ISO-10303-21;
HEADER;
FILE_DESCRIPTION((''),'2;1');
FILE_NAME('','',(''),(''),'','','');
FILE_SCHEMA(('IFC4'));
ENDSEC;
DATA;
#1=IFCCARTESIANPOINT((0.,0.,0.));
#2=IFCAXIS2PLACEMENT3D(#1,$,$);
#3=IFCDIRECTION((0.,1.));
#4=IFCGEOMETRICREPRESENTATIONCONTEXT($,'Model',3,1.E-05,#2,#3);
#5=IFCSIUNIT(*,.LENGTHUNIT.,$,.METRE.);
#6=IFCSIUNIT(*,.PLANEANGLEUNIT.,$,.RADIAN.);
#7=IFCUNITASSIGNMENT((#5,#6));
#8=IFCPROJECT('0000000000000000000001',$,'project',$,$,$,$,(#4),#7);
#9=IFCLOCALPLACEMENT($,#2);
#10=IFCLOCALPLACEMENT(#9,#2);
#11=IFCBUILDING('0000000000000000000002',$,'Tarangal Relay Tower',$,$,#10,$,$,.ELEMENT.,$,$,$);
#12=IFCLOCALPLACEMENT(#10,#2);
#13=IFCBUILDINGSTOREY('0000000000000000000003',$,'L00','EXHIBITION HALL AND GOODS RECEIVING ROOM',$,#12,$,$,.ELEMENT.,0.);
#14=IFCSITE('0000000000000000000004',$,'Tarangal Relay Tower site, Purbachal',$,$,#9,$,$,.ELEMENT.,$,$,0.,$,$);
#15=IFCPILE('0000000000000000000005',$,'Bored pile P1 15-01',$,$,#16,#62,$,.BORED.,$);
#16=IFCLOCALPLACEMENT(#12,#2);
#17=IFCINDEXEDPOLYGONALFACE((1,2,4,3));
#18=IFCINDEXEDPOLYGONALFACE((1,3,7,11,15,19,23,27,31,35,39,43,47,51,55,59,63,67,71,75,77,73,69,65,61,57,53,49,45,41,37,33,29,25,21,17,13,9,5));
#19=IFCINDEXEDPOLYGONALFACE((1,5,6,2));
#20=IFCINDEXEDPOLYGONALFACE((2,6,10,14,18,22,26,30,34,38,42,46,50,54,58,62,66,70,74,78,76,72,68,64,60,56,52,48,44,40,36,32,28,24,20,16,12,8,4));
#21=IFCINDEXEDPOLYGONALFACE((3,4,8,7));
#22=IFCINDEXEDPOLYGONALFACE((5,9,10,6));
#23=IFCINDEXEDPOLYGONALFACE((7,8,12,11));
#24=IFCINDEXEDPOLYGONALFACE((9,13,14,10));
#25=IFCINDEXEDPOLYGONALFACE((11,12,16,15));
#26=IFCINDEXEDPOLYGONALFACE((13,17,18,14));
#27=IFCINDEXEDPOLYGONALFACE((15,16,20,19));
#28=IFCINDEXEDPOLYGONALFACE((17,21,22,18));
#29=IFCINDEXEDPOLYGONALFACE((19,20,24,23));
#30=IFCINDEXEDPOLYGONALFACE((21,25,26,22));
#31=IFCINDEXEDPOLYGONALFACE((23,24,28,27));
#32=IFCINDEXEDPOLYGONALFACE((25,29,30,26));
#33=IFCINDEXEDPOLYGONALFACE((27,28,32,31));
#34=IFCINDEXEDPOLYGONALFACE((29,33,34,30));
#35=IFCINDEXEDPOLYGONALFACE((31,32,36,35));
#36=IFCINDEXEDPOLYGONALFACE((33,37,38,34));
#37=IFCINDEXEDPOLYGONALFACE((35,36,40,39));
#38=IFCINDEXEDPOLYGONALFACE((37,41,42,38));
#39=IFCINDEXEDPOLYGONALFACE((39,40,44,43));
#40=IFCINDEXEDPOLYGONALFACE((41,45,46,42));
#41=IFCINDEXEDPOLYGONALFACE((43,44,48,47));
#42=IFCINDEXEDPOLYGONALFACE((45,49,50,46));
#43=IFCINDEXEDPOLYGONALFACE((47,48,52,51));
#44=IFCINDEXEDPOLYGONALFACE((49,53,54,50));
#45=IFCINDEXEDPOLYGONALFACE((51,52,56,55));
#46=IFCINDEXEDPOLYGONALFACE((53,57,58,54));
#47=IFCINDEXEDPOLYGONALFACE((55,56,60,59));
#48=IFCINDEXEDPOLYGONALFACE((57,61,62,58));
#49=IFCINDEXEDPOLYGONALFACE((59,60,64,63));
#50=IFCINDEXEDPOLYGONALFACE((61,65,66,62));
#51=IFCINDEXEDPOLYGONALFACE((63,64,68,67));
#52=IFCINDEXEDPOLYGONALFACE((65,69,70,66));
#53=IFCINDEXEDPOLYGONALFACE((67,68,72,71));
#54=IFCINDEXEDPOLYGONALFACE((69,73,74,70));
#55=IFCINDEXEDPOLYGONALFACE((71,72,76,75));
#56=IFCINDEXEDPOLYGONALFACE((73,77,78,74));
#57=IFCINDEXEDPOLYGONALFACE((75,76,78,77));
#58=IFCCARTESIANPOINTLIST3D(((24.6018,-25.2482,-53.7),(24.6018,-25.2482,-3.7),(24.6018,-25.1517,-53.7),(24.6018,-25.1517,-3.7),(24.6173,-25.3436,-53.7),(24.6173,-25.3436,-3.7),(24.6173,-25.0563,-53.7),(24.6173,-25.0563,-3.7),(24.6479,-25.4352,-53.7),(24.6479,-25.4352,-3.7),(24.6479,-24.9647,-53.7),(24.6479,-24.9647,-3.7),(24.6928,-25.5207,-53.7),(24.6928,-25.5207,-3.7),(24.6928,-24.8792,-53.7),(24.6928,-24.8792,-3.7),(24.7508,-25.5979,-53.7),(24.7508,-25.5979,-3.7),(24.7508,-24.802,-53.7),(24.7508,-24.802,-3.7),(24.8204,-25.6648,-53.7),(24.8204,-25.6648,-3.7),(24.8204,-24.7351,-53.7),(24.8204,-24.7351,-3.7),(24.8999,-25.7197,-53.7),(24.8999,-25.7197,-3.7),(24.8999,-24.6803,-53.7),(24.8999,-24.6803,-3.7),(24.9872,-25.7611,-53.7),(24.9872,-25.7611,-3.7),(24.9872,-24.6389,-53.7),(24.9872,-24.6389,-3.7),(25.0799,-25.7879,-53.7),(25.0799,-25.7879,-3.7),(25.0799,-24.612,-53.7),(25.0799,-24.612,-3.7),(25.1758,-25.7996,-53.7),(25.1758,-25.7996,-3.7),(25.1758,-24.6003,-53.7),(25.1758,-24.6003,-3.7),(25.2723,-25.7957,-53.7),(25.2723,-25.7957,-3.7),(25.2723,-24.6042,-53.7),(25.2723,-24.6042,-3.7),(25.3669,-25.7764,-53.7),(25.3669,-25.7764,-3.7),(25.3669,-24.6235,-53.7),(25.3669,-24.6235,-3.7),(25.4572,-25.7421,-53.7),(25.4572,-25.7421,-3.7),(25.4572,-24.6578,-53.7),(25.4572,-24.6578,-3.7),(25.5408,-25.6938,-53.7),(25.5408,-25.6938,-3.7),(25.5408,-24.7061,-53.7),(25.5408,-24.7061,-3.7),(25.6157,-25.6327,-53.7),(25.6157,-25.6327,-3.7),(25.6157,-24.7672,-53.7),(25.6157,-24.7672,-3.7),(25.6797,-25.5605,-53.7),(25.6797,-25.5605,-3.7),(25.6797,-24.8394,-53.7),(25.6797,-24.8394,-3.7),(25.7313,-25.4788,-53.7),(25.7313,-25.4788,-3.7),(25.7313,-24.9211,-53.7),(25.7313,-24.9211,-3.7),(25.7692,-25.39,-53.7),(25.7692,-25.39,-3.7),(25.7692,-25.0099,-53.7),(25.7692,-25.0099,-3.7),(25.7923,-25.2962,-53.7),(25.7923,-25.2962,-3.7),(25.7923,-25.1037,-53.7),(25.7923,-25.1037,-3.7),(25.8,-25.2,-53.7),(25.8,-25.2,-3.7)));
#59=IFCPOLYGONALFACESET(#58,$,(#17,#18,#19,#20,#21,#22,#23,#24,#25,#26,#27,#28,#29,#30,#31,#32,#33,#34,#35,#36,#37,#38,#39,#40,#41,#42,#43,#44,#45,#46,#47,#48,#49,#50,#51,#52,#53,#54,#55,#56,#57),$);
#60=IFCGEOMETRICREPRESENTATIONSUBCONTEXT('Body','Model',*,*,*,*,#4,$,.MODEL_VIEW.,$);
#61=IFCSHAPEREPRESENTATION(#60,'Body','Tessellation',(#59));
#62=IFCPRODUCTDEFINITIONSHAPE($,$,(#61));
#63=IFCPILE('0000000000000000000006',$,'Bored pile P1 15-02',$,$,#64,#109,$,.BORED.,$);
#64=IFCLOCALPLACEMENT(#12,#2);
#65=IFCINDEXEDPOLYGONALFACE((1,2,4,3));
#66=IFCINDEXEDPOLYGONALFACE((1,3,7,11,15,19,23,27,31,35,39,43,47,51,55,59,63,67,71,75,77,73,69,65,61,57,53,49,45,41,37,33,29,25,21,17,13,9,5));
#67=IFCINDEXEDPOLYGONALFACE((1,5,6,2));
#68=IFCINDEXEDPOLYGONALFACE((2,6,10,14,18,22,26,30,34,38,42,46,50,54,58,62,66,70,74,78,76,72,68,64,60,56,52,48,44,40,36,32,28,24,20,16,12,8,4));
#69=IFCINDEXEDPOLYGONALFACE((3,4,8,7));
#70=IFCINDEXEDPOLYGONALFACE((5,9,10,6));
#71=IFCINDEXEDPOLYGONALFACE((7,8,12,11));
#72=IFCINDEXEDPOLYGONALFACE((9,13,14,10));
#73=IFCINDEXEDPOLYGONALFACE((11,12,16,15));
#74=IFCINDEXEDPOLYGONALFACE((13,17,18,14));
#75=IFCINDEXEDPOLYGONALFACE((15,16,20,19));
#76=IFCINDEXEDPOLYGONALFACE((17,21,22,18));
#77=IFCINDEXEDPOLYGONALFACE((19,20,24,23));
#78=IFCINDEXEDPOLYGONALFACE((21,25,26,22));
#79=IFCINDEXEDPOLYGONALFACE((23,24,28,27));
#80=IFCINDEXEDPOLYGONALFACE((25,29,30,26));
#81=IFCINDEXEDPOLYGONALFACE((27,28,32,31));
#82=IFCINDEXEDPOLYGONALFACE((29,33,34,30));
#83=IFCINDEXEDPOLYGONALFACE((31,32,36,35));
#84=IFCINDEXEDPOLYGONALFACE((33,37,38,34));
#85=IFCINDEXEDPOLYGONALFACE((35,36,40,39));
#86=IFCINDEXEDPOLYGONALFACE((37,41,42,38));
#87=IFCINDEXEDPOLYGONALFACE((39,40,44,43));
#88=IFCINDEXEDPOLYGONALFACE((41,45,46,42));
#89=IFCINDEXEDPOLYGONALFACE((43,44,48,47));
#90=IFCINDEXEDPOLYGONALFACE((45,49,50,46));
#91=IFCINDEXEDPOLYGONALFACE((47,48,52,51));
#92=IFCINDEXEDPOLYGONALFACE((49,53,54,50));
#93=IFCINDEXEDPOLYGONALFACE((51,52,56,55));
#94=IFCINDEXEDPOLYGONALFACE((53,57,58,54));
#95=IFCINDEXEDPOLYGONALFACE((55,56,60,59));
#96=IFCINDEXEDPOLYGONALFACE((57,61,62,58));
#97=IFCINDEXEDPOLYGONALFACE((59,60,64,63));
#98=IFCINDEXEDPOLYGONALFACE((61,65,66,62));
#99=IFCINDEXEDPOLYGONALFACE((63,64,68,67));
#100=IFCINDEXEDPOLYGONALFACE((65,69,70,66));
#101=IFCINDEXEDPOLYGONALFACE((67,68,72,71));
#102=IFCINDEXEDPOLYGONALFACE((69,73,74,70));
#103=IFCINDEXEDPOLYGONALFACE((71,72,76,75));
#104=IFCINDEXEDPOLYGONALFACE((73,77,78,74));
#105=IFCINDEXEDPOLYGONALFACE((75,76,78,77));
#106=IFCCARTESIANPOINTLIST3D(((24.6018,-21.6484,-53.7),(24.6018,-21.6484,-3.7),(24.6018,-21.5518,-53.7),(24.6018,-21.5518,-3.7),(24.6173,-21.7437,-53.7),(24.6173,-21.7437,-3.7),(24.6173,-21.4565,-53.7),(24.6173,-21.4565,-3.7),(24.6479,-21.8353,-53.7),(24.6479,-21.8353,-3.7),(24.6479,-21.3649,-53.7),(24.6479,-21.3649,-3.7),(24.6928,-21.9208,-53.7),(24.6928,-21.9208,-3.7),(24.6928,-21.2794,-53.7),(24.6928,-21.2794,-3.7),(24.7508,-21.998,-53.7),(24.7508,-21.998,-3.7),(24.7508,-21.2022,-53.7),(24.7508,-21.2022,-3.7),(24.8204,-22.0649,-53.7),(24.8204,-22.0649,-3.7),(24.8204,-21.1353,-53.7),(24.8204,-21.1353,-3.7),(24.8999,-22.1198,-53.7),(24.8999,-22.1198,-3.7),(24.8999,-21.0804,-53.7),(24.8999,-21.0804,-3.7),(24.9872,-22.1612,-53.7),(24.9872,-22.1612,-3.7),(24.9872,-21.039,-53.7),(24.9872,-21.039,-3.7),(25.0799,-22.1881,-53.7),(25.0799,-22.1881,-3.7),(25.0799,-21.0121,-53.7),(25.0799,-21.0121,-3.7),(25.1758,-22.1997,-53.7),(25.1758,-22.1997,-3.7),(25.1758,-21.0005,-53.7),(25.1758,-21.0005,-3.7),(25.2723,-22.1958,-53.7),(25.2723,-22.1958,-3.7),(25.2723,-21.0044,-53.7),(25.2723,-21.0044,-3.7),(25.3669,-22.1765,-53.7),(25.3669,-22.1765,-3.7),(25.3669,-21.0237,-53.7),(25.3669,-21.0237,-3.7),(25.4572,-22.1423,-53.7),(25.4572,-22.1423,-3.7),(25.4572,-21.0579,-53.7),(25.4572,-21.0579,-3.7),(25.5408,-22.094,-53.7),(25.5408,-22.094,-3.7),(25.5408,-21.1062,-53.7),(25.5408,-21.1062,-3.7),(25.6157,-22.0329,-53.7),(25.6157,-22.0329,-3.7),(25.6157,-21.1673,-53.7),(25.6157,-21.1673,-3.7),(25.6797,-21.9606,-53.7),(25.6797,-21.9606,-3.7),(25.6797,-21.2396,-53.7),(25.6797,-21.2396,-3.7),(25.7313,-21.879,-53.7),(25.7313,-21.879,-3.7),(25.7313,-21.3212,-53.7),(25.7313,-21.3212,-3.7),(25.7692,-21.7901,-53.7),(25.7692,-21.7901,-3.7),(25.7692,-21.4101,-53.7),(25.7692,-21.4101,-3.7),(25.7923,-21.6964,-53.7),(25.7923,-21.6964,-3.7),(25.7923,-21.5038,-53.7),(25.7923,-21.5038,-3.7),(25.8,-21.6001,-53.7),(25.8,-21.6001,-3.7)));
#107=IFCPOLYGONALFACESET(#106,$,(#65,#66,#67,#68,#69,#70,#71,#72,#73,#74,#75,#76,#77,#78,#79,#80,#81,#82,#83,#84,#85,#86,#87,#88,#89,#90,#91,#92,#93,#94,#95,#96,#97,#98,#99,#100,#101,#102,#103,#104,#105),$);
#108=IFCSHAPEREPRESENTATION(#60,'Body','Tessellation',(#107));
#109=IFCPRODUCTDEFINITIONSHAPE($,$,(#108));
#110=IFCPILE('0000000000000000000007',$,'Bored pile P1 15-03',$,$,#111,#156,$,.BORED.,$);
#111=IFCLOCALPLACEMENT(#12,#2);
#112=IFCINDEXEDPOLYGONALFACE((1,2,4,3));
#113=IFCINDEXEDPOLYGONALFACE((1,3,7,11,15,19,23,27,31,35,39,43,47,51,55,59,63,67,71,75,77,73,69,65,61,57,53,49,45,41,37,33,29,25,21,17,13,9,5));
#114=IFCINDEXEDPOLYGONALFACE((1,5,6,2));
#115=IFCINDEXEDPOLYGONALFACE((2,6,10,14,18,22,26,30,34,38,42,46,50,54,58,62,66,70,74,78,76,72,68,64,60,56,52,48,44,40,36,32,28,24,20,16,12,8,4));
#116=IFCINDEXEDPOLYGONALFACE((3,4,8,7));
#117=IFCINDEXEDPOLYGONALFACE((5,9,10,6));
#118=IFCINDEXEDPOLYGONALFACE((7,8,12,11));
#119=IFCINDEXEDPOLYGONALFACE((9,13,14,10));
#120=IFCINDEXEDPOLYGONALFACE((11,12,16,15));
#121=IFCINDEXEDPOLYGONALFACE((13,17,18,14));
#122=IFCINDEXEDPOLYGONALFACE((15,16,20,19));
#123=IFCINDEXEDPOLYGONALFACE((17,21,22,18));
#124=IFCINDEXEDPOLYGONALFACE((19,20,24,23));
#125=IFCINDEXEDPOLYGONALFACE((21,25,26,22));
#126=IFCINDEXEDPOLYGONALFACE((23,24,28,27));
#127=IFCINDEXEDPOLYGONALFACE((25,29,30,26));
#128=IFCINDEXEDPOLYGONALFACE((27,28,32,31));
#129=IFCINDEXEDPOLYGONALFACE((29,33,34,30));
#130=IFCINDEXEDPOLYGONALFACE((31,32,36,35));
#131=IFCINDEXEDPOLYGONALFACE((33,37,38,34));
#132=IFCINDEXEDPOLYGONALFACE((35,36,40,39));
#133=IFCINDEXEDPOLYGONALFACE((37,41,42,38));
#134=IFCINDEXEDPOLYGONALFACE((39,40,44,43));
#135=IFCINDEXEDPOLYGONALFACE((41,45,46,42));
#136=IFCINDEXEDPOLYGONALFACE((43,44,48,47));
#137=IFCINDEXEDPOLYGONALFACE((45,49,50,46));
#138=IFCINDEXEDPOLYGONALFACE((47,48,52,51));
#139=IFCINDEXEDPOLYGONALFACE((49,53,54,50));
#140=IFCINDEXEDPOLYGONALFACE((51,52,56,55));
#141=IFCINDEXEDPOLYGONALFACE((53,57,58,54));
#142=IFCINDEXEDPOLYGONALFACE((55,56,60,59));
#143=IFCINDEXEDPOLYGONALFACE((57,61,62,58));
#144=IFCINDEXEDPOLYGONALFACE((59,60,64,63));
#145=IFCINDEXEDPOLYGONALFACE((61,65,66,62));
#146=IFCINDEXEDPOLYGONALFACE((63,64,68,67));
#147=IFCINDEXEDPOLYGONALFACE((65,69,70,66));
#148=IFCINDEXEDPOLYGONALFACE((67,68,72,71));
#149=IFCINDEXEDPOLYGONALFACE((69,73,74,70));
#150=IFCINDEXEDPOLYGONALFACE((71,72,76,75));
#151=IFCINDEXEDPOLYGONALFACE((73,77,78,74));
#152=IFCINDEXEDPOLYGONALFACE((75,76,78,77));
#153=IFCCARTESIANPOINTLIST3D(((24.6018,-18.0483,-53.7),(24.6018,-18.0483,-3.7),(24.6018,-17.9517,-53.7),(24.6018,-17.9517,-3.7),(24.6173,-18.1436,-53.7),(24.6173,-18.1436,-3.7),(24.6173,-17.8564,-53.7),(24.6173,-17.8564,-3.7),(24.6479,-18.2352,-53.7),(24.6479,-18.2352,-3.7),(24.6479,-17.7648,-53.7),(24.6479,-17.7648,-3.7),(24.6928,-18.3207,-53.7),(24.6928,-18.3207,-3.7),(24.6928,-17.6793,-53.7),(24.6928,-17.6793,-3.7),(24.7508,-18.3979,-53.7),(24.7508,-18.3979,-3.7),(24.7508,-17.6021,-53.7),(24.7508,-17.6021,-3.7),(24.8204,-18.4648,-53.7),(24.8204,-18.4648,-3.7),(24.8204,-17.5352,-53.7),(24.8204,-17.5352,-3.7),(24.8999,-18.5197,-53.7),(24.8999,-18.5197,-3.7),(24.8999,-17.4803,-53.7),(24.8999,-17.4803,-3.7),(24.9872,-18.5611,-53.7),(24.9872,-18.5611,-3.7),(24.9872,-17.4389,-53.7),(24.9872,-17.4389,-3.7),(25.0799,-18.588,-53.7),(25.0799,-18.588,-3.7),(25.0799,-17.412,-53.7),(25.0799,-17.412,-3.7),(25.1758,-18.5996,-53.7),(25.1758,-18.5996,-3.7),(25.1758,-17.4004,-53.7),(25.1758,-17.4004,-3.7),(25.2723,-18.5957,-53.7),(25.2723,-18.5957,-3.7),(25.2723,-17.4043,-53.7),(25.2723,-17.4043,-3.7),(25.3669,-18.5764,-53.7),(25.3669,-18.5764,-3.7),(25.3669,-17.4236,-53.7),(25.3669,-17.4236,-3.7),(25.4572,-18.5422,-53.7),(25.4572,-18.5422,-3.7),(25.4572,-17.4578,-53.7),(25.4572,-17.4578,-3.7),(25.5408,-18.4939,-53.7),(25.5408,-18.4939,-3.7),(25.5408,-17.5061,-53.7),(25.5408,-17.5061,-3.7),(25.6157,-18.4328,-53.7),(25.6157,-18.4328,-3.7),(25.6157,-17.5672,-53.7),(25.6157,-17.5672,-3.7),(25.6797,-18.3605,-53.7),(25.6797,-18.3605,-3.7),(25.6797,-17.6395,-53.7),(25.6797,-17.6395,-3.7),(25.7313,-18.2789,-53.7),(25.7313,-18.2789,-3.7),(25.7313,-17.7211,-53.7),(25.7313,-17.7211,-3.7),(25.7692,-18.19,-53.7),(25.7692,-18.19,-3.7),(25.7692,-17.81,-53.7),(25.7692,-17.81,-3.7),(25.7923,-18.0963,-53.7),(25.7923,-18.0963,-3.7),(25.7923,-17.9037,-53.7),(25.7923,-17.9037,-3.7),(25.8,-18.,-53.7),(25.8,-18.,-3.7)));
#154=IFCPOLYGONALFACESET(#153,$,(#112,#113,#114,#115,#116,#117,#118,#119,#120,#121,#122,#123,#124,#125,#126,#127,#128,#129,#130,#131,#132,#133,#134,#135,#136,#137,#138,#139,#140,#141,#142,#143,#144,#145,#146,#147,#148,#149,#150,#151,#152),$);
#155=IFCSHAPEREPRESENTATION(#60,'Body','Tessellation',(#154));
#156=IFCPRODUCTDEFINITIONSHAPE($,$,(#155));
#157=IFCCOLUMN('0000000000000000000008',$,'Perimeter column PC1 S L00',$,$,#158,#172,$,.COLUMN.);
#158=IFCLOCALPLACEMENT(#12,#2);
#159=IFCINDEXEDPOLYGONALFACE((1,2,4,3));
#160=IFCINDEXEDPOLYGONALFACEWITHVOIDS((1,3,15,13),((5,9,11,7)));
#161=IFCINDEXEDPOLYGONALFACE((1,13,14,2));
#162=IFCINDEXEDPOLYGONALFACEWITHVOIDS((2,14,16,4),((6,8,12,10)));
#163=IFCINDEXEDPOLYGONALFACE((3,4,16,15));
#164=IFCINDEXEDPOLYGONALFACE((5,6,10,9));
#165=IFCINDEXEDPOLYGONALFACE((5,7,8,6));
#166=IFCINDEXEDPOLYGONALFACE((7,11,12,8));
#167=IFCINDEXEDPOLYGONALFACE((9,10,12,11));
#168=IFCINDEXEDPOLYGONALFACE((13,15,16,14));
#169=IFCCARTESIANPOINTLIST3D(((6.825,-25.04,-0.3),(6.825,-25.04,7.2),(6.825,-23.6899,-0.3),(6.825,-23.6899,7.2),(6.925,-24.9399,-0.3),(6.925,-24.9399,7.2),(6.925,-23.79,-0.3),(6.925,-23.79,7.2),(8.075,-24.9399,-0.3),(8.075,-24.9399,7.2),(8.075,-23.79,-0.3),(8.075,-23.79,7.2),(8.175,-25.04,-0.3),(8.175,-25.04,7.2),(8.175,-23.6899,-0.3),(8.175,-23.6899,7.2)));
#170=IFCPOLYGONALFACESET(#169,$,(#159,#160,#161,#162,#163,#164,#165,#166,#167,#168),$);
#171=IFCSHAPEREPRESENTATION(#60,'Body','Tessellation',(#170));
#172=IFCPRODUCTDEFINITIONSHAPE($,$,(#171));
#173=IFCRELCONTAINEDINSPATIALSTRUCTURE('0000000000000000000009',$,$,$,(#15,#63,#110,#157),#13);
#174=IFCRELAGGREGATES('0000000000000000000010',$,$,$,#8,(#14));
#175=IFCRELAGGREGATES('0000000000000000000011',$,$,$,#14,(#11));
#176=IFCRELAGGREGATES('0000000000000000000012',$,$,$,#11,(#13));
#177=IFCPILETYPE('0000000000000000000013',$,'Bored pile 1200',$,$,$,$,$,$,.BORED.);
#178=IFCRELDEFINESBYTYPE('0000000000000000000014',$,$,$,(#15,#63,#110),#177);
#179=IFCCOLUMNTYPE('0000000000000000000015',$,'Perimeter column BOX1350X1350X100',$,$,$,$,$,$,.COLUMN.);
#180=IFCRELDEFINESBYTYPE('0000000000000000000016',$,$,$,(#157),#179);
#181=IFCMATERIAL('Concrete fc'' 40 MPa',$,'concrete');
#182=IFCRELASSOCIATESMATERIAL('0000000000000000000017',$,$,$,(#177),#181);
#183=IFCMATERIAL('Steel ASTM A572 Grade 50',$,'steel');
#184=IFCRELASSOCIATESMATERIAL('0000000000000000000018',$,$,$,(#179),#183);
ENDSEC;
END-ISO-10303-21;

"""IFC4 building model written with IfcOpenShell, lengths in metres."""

from ifc_helpers import new_model, si_unit, direction, frame, origin, origin_2d, place, context, subcontext, project, spatial, hollow_rectangle, circle, extrude, material, material_profile, profile_set, type_object, element, save


model = new_model("IFC4")

# Units and contexts
model_context = context("Model", 3, precision=1e-05, world=origin(), true_north=direction((0.0, 1.0)))
body_context = subcontext(model_context, "Body", "Model", "MODEL_VIEW")
ifc_project = project(units=[si_unit("LENGTHUNIT", "METRE"), si_unit("PLANEANGLEUNIT", "RADIAN")], contexts=[model_context])

# Site, building, storey
site_placement = place(None, origin())
site = spatial("IfcSite", under=ifc_project, at=site_placement, Name="Tarangal Relay Tower site, Purbachal", CompositionType="ELEMENT", RefElevation=0.0)
building_placement = place(site_placement, origin())
building = spatial("IfcBuilding", under=site, at=building_placement, Name="Tarangal Relay Tower", CompositionType="ELEMENT")
storey_placement = place(building_placement, origin())
storey = spatial("IfcBuildingStorey", under=building, at=storey_placement, Name="L00", Description="EXHIBITION HALL AND GOODS RECEIVING ROOM", CompositionType="ELEMENT", Elevation=0.0)

# Piles
ifc_material_1 = material(Name="Concrete fc' 40 MPa", Category="concrete")
ifc_material_profile_1 = material_profile(ifc_material_1, circle(Radius=0.6001, at=origin_2d()), Name="D1200")
ifc_profile_set_1 = profile_set([ifc_material_profile_1], Name="Concrete fc' 40 MPa")
pile_type = type_object("IfcPileType", Name="Bored pile 1200", PredefinedType="BORED", material=ifc_profile_set_1)
for number, where, z_axis, x_axis, name in (
    (1, (25.2, -25.2, -3.7), (0.0, 0.0, -1.0), (1.0, 0.0, 0.0), "Bored pile P1 15-01"),
    (2, (25.2, -21.6001, -3.7), (0.0, 0.0, -1.0), (1.0, 0.0, 0.0), "Bored pile P1 15-02"),
    (3, (25.2, -18.0, -3.7), (0.0, 0.0, -1.0), (1.0, 0.0, 0.0), "Bored pile P1 15-03"),
):
    element("IfcPile", number, at=place(storey_placement, frame(where, z_axis=z_axis, x_axis=x_axis)), inside=storey, type_object=pile_type, Name=name, PredefinedType="BORED", context=body_context, shape_type="SweptSolid", body=[
        extrude(circle(Radius=0.6001, at=origin_2d()), origin(), (0.0, 0.0, 1.0), 50.0),
    ])

# Column
ifc_material_2 = material(Name="Steel ASTM A572 Grade 50", Category="steel")
ifc_material_profile_2 = material_profile(ifc_material_2, hollow_rectangle(XDim=1.3501, YDim=1.3501, WallThickness=0.1001, at=origin_2d()), Name="BOX1350X1350X100")
ifc_profile_set_2 = profile_set([ifc_material_profile_2], Name="Steel ASTM A572 Grade 50")
column_type = type_object("IfcColumnType", Name="Perimeter column BOX1350X1350X100", PredefinedType="COLUMN", material=ifc_profile_set_2)
column_placement = place(storey_placement, frame((7.5, -24.365, -0.3), z_axis=(0.0, 0.0, 1.0), x_axis=(1.0, 0.0, 0.0)))
element("IfcColumn", 4, at=column_placement, inside=storey, type_object=column_type, Name="Perimeter column PC1 S L00", PredefinedType="COLUMN", context=body_context, shape_type="SweptSolid", body=[
    extrude(hollow_rectangle(XDim=1.3501, YDim=1.3501, WallThickness=0.1001, at=origin_2d()), origin(), (0.0, 0.0, 1.0), 7.5),
])

save(model, "model.ifc")
